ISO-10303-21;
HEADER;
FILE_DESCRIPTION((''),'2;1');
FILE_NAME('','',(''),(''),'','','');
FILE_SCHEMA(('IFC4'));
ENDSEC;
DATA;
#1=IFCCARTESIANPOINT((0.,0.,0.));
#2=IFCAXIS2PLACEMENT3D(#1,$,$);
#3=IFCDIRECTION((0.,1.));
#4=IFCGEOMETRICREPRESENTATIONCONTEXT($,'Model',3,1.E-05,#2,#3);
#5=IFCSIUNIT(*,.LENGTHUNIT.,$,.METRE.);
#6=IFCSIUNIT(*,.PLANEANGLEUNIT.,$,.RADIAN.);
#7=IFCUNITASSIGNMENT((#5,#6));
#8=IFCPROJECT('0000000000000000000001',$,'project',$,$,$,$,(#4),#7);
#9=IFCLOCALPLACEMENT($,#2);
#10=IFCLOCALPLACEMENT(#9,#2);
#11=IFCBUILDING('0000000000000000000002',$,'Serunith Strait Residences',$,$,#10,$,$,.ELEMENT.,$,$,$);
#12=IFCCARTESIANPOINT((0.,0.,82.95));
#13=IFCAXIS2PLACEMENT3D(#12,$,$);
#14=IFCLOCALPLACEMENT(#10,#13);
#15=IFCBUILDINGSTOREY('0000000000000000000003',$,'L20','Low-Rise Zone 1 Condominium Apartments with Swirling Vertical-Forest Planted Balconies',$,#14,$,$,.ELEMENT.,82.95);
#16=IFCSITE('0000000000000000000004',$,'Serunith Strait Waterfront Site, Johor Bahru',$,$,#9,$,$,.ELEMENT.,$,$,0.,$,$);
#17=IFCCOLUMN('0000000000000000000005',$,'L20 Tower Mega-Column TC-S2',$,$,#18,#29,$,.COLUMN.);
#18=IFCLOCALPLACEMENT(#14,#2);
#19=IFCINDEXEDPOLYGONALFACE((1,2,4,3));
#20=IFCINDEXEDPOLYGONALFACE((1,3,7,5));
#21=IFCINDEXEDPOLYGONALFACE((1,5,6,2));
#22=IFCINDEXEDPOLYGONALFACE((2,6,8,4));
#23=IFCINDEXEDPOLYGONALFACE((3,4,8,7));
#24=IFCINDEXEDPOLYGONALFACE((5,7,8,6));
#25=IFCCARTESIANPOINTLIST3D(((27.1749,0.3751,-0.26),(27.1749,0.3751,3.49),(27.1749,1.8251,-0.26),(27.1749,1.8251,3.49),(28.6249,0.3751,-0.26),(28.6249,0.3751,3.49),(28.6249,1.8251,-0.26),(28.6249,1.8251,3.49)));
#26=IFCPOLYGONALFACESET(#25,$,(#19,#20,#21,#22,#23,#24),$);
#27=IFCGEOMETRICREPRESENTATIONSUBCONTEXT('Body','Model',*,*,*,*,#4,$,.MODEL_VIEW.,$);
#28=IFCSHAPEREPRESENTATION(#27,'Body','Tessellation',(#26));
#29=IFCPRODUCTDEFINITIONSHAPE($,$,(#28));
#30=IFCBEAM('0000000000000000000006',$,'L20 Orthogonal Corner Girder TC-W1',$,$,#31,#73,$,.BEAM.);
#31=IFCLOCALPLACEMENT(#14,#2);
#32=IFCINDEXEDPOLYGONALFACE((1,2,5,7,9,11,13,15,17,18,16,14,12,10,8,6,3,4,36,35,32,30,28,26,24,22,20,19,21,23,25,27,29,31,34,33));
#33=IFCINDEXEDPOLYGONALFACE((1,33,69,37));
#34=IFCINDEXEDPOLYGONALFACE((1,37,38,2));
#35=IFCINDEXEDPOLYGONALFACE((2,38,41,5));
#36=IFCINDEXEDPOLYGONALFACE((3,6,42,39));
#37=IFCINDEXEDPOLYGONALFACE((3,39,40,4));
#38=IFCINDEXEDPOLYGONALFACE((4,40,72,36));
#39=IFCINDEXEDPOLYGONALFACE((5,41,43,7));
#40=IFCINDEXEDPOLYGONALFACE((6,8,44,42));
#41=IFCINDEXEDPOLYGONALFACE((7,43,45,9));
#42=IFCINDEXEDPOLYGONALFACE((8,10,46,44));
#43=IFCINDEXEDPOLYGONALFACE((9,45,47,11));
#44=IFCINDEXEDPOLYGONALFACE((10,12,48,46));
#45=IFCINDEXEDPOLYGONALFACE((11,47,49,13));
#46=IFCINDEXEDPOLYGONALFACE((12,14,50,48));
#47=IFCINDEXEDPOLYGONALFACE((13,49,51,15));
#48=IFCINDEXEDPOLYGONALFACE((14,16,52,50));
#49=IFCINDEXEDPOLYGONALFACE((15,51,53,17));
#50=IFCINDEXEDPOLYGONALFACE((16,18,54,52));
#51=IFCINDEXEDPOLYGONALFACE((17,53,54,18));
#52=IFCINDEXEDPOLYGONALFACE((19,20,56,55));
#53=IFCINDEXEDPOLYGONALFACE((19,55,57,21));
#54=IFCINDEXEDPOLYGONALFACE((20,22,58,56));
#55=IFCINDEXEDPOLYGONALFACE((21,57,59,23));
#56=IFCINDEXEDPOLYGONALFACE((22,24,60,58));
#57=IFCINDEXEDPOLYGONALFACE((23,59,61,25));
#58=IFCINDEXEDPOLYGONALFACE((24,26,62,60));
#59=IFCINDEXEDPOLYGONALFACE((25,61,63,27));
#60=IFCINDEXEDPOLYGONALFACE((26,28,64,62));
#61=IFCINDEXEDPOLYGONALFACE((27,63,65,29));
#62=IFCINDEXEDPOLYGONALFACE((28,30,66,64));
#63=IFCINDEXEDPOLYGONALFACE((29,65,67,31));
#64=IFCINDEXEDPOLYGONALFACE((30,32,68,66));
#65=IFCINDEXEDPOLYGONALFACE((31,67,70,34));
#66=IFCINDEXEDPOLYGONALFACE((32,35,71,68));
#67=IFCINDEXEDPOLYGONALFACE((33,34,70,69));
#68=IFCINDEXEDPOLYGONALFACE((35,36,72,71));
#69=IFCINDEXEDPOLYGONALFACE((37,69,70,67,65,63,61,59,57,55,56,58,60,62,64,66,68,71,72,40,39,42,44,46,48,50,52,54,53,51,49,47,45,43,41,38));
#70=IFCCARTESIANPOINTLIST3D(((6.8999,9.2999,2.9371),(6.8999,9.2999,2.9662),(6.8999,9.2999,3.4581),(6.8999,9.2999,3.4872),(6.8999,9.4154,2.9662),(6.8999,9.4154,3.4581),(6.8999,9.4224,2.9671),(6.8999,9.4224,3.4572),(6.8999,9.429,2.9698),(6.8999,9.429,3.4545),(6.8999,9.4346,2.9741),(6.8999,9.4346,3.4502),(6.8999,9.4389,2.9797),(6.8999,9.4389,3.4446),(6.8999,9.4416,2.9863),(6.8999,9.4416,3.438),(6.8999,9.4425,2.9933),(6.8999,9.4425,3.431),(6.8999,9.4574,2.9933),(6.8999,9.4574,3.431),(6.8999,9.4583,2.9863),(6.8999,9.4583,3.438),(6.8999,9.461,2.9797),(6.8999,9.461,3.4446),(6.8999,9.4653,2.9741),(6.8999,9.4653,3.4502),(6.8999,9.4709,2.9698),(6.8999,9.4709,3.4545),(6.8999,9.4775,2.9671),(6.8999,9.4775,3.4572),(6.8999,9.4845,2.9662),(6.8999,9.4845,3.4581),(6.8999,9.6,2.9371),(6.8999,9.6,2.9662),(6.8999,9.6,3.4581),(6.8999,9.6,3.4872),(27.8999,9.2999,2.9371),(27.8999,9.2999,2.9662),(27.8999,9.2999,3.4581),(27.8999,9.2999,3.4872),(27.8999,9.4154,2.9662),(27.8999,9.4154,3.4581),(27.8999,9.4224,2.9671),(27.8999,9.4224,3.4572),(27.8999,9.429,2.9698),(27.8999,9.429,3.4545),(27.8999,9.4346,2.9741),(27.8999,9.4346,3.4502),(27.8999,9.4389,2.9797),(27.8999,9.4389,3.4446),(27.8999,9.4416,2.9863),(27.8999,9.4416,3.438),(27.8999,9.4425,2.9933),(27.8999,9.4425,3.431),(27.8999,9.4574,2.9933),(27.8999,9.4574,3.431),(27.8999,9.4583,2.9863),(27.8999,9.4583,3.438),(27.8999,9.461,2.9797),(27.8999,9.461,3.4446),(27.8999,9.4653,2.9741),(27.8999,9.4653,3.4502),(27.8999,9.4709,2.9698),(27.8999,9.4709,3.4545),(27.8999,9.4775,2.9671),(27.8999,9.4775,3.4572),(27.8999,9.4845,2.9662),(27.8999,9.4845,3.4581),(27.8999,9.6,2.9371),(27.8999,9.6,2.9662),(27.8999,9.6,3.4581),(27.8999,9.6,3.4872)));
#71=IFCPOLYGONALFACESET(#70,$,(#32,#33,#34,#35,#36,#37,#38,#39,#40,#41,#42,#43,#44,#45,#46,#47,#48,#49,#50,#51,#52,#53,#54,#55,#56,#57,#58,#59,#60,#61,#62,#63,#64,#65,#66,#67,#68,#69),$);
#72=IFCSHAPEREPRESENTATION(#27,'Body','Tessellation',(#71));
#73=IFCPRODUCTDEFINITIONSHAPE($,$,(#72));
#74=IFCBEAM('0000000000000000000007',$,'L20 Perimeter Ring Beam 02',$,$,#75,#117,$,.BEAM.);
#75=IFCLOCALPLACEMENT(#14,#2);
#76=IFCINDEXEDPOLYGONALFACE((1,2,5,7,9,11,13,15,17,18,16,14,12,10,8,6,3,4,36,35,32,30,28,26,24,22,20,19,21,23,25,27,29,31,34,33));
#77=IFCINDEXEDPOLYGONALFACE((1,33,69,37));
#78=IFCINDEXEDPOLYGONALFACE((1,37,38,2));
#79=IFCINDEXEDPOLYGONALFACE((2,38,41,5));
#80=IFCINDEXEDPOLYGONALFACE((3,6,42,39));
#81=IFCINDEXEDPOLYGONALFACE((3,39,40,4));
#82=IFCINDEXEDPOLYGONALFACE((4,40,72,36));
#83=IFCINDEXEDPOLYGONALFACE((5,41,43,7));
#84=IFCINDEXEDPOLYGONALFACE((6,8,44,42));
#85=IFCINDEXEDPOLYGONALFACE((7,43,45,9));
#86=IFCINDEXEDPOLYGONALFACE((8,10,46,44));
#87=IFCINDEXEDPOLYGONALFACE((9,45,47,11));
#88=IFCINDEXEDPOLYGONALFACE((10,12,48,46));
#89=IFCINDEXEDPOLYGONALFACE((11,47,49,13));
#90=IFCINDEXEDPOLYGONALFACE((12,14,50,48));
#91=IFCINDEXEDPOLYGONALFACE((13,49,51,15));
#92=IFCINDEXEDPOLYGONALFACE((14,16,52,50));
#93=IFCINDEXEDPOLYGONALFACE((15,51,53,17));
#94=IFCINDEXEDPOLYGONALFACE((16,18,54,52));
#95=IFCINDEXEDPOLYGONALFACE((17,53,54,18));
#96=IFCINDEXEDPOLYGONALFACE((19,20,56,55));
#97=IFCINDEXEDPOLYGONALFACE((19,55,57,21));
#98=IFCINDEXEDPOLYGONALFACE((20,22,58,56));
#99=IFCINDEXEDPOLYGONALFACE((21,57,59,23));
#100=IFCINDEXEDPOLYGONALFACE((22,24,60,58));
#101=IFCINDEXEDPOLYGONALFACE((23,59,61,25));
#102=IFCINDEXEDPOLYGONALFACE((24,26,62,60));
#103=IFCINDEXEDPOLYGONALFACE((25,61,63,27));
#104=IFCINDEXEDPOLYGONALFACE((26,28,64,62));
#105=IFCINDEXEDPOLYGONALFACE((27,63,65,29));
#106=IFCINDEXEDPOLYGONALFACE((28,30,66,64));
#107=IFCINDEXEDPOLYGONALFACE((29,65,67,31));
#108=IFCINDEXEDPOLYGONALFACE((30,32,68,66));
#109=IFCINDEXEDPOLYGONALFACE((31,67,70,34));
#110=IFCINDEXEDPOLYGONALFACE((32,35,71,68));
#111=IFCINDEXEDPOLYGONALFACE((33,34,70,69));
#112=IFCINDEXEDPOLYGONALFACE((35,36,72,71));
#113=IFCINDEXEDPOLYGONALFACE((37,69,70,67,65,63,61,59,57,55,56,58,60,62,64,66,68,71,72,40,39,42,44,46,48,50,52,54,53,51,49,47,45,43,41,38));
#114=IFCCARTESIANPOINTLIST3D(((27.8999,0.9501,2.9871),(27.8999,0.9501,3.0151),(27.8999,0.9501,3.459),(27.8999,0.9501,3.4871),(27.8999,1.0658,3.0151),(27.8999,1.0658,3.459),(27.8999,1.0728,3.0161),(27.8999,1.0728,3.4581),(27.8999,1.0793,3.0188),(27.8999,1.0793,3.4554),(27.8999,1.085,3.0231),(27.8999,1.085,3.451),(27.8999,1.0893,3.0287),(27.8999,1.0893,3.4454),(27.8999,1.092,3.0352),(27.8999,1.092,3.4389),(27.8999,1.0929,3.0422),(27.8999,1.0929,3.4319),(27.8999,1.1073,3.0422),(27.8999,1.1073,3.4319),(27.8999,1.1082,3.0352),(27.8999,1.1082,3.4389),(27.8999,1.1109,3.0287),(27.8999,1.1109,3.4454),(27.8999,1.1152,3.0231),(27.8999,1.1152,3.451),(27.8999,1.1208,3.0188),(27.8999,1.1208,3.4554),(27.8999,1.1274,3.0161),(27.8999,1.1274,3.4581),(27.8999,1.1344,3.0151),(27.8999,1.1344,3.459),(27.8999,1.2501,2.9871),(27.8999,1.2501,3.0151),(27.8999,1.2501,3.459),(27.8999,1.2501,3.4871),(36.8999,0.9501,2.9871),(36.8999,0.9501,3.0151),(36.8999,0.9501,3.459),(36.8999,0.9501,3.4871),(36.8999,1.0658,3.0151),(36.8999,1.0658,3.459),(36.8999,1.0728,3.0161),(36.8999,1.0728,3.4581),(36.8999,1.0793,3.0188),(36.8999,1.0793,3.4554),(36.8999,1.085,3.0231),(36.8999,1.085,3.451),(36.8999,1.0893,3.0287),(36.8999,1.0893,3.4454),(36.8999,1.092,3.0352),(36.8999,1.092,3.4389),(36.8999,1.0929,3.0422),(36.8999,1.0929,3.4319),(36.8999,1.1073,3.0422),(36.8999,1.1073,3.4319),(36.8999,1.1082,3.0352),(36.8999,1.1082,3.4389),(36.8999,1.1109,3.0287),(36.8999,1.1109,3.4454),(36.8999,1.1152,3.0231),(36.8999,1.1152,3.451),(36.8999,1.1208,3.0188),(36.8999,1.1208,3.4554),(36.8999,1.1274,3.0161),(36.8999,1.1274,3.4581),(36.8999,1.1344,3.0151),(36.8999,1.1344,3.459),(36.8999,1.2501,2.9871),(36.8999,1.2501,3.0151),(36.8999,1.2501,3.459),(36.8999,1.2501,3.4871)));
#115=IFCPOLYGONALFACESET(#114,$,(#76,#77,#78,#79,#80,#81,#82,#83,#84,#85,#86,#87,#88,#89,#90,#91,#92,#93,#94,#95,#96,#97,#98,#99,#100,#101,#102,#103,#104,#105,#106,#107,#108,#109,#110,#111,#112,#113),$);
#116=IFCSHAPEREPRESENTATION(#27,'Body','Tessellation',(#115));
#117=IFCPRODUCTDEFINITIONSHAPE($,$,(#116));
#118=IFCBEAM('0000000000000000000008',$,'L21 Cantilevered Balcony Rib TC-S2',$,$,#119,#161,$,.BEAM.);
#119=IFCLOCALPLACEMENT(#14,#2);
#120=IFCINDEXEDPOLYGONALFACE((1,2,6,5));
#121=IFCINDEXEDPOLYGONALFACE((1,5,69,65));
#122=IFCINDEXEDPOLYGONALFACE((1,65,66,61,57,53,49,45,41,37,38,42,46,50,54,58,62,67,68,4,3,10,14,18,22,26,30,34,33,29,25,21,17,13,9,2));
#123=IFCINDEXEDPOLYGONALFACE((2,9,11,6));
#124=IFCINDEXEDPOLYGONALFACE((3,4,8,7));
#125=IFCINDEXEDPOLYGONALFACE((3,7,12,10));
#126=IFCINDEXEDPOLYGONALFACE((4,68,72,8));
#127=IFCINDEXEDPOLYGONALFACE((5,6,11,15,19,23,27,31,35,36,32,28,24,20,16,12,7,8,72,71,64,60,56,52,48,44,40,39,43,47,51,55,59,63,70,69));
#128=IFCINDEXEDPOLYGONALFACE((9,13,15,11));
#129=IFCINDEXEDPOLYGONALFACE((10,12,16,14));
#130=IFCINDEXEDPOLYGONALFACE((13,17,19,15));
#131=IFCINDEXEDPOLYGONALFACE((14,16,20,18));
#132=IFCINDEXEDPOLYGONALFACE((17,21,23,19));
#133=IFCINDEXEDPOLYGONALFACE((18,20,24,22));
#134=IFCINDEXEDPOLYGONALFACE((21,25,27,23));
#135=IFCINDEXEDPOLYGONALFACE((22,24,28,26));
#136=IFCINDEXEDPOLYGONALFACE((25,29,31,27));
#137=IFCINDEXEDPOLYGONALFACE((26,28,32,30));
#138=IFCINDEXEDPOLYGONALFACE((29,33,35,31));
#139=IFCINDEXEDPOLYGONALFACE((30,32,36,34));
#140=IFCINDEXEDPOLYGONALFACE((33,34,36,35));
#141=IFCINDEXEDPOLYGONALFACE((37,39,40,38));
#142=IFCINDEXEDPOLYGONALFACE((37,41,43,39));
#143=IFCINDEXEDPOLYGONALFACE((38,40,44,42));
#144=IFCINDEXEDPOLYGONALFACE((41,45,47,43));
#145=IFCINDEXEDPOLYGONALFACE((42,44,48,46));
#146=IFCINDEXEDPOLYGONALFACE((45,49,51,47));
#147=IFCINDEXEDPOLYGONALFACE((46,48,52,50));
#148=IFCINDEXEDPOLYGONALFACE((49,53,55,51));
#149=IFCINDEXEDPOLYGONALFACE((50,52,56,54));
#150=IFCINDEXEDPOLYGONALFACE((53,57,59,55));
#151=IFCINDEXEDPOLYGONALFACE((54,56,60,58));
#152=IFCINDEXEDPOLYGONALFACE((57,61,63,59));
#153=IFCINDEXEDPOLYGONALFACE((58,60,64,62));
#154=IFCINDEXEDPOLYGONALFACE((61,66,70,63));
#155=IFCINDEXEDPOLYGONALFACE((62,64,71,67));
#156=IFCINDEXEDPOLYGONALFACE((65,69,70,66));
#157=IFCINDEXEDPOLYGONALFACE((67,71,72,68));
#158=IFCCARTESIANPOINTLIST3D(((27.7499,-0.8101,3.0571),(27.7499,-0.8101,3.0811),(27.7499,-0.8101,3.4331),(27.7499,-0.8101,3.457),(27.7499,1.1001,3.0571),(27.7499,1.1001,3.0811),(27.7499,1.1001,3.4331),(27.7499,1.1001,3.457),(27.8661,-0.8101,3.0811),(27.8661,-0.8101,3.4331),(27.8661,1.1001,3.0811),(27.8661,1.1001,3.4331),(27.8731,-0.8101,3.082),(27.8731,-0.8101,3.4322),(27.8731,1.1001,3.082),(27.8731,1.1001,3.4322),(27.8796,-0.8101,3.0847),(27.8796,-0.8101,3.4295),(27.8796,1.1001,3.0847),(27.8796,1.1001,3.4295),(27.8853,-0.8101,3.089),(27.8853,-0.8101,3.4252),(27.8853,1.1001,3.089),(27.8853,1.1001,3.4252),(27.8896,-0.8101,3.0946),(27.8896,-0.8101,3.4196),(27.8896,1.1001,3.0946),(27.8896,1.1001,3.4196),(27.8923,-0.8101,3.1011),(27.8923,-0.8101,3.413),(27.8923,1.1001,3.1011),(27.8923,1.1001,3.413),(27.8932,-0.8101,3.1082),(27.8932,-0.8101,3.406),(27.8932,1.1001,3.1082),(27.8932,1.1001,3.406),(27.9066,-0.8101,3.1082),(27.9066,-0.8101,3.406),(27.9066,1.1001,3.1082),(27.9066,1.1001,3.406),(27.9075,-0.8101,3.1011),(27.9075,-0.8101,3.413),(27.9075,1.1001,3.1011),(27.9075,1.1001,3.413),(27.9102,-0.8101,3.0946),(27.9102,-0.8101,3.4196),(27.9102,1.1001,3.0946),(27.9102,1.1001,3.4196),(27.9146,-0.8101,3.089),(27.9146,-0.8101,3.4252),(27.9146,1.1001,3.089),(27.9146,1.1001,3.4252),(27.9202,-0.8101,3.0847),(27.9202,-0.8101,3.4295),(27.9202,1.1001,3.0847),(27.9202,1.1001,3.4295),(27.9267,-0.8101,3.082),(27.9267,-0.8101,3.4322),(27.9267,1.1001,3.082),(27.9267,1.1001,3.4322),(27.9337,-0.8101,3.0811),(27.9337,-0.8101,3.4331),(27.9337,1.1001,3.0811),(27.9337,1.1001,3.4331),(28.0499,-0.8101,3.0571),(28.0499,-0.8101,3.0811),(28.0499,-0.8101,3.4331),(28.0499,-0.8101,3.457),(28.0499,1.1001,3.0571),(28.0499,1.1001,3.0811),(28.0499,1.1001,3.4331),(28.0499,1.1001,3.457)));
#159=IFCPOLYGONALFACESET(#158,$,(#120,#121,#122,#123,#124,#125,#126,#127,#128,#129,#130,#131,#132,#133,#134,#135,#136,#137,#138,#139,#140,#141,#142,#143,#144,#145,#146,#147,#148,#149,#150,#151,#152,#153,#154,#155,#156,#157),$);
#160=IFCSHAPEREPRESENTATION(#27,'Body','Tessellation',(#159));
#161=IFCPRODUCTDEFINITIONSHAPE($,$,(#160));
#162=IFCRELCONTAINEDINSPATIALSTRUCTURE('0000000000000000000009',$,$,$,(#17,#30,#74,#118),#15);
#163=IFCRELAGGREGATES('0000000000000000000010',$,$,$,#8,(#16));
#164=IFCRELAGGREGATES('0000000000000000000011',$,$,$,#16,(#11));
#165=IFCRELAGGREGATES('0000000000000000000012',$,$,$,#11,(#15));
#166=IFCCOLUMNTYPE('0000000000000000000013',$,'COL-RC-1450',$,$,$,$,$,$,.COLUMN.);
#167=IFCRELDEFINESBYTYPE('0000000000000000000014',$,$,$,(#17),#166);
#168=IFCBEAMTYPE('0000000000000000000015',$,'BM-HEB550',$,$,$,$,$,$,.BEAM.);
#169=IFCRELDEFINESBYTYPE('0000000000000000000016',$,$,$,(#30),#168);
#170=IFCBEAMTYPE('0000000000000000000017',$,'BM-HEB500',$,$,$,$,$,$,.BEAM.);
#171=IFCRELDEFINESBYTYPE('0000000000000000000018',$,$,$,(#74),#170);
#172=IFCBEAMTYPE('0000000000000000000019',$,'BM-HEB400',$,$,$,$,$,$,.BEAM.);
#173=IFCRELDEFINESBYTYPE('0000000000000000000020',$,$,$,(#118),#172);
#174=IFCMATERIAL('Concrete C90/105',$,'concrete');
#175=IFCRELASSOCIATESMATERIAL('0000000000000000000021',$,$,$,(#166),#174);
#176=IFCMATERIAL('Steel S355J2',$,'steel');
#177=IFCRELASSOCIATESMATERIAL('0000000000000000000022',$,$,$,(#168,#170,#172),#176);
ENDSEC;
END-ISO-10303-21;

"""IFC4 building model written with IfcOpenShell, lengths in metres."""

from ifc_helpers import new_model, si_unit, direction, frame, origin, origin_2d, place, context, subcontext, project, spatial, rectangle, i_section, extrude, source, transform, mapped, material, material_profile, profile_set, type_object, element, save


model = new_model("IFC4")

# Units and contexts
model_context = context("Model", 3, precision=1e-05, world=origin(), true_north=direction((0.0, 1.0)))
body_context = subcontext(model_context, "Body", "Model", "MODEL_VIEW")
ifc_project = project(units=[si_unit("LENGTHUNIT", "METRE"), si_unit("PLANEANGLEUNIT", "RADIAN")], contexts=[model_context])

# Site, building, storey
site_placement = place(None, origin())
site = spatial("IfcSite", under=ifc_project, at=site_placement, Name="Serunith Strait Waterfront Site, Johor Bahru", CompositionType="ELEMENT", RefElevation=0.0)
building_placement = place(site_placement, origin())
building = spatial("IfcBuilding", under=site, at=building_placement, Name="Serunith Strait Residences", CompositionType="ELEMENT")
storey_placement = place(building_placement, frame((0.0, 0.0, 82.95)))
storey = spatial("IfcBuildingStorey", under=building, at=storey_placement, Name="L20", Description="Low-Rise Zone 1 Condominium Apartments with Swirling Vertical-Forest Planted Balconies", CompositionType="ELEMENT", Elevation=82.95)

# Column
ifc_material_1 = material(Name="Concrete C90/105", Category="concrete")
ifc_material_profile_1 = material_profile(ifc_material_1, rectangle(XDim=1.45, YDim=1.45, at=origin_2d()), Name="RC 1450x1450")
ifc_profile_set_1 = profile_set([ifc_material_profile_1], Name="Concrete C90/105")
column_type = type_object("IfcColumnType", Name="COL-RC-1450", PredefinedType="COLUMN", material=ifc_profile_set_1)
shared_shape_1 = source(origin(), body_context, "Body", "SweptSolid", [
    extrude(rectangle(XDim=1.45, YDim=1.45, at=origin_2d()), origin(), (0.0, 0.0, 1.0), 3.75),
])
column_placement = place(storey_placement, frame((27.8999, 1.1001, -0.26), z_axis=(0.0, 0.0, 1.0), x_axis=(1.0, 0.0, 0.0)))
element("IfcColumn", 1, at=column_placement, inside=storey, type_object=column_type, Name="L20 Tower Mega-Column TC-S2", PredefinedType="COLUMN", context=body_context, shape_type="MappedRepresentation", body=[
    mapped(shared_shape_1, transform((0.0, 0.0, 0.0), scale=1.0)),
])

# Beams
ifc_material_2 = material(Name="Steel S355J2", Category="steel")
ifc_material_profile_2 = material_profile(ifc_material_2, i_section(OverallWidth=0.3, OverallDepth=0.55, WebThickness=0.0149, FlangeThickness=0.0291, FilletRadius=0.0271, at=origin_2d()), Name="HEB 550")
ifc_profile_set_2 = profile_set([ifc_material_profile_2], Name="Steel S355J2")
beam_type_1 = type_object("IfcBeamType", Name="BM-HEB550", PredefinedType="BEAM", material=ifc_profile_set_2)
shared_shape_2 = source(origin(), body_context, "Body", "SweptSolid", [
    extrude(i_section(OverallWidth=0.3, OverallDepth=0.55, WebThickness=0.0149, FlangeThickness=0.0291, FilletRadius=0.0271, at=origin_2d()), origin(), (0.0, 0.0, 1.0), 21.0),
])
beam_1_placement = place(storey_placement, frame((27.8999, 9.45, 3.2122), z_axis=(-1.0, 0.0, 0.0), x_axis=(0.0, -1.0, 0.0)))
element("IfcBeam", 2, at=beam_1_placement, inside=storey, type_object=beam_type_1, Name="L20 Orthogonal Corner Girder TC-W1", PredefinedType="BEAM", context=body_context, shape_type="MappedRepresentation", body=[
    mapped(shared_shape_2, transform((0.0, 0.0, 0.0), scale=1.0)),
])
ifc_material_profile_3 = material_profile(ifc_material_2, i_section(OverallWidth=0.3, OverallDepth=0.5, WebThickness=0.0144, FlangeThickness=0.0281, FilletRadius=0.0271, at=origin_2d()), Name="HEB 500")
ifc_profile_set_3 = profile_set([ifc_material_profile_3], Name="Steel S355J2")
beam_type_2 = type_object("IfcBeamType", Name="BM-HEB500", PredefinedType="BEAM", material=ifc_profile_set_3)
shared_shape_3 = source(origin(), body_context, "Body", "SweptSolid", [
    extrude(i_section(OverallWidth=0.3, OverallDepth=0.5, WebThickness=0.0144, FlangeThickness=0.0281, FilletRadius=0.0271, at=origin_2d()), origin(), (0.0, 0.0, 1.0), 9.0),
])
beam_2_placement = place(storey_placement, frame((27.8999, 1.1001, 3.2371), z_axis=(1.0, 0.0, 0.0), x_axis=(0.0, 1.0, 0.0)))
element("IfcBeam", 3, at=beam_2_placement, inside=storey, type_object=beam_type_2, Name="L20 Perimeter Ring Beam 02", PredefinedType="BEAM", context=body_context, shape_type="MappedRepresentation", body=[
    mapped(shared_shape_3, transform((0.0, 0.0, 0.0), scale=1.0)),
])
ifc_material_profile_4 = material_profile(ifc_material_2, i_section(OverallWidth=0.3, OverallDepth=0.3999, WebThickness=0.0134, FlangeThickness=0.0239, FilletRadius=0.0271, at=origin_2d()), Name="HEB 400")
ifc_profile_set_4 = profile_set([ifc_material_profile_4], Name="Steel S355J2")
beam_type_3 = type_object("IfcBeamType", Name="BM-HEB400", PredefinedType="BEAM", material=ifc_profile_set_4)
shared_shape_4 = source(origin(), body_context, "Body", "SweptSolid", [
    extrude(i_section(OverallWidth=0.3, OverallDepth=0.3999, WebThickness=0.0134, FlangeThickness=0.0239, FilletRadius=0.0271, at=origin_2d()), origin(), (0.0, 0.0, 1.0), 1.9102),
])
beam_3_placement = place(storey_placement, frame((27.8999, 1.1001, 3.2571), z_axis=(0.0, -1.0, 0.0), x_axis=(1.0, 0.0, 0.0)))
element("IfcBeam", 4, at=beam_3_placement, inside=storey, type_object=beam_type_3, Name="L21 Cantilevered Balcony Rib TC-S2", PredefinedType="BEAM", context=body_context, shape_type="MappedRepresentation", body=[
    mapped(shared_shape_4, transform((0.0, 0.0, 0.0), scale=1.0)),
])

save(model, "model.ifc")
